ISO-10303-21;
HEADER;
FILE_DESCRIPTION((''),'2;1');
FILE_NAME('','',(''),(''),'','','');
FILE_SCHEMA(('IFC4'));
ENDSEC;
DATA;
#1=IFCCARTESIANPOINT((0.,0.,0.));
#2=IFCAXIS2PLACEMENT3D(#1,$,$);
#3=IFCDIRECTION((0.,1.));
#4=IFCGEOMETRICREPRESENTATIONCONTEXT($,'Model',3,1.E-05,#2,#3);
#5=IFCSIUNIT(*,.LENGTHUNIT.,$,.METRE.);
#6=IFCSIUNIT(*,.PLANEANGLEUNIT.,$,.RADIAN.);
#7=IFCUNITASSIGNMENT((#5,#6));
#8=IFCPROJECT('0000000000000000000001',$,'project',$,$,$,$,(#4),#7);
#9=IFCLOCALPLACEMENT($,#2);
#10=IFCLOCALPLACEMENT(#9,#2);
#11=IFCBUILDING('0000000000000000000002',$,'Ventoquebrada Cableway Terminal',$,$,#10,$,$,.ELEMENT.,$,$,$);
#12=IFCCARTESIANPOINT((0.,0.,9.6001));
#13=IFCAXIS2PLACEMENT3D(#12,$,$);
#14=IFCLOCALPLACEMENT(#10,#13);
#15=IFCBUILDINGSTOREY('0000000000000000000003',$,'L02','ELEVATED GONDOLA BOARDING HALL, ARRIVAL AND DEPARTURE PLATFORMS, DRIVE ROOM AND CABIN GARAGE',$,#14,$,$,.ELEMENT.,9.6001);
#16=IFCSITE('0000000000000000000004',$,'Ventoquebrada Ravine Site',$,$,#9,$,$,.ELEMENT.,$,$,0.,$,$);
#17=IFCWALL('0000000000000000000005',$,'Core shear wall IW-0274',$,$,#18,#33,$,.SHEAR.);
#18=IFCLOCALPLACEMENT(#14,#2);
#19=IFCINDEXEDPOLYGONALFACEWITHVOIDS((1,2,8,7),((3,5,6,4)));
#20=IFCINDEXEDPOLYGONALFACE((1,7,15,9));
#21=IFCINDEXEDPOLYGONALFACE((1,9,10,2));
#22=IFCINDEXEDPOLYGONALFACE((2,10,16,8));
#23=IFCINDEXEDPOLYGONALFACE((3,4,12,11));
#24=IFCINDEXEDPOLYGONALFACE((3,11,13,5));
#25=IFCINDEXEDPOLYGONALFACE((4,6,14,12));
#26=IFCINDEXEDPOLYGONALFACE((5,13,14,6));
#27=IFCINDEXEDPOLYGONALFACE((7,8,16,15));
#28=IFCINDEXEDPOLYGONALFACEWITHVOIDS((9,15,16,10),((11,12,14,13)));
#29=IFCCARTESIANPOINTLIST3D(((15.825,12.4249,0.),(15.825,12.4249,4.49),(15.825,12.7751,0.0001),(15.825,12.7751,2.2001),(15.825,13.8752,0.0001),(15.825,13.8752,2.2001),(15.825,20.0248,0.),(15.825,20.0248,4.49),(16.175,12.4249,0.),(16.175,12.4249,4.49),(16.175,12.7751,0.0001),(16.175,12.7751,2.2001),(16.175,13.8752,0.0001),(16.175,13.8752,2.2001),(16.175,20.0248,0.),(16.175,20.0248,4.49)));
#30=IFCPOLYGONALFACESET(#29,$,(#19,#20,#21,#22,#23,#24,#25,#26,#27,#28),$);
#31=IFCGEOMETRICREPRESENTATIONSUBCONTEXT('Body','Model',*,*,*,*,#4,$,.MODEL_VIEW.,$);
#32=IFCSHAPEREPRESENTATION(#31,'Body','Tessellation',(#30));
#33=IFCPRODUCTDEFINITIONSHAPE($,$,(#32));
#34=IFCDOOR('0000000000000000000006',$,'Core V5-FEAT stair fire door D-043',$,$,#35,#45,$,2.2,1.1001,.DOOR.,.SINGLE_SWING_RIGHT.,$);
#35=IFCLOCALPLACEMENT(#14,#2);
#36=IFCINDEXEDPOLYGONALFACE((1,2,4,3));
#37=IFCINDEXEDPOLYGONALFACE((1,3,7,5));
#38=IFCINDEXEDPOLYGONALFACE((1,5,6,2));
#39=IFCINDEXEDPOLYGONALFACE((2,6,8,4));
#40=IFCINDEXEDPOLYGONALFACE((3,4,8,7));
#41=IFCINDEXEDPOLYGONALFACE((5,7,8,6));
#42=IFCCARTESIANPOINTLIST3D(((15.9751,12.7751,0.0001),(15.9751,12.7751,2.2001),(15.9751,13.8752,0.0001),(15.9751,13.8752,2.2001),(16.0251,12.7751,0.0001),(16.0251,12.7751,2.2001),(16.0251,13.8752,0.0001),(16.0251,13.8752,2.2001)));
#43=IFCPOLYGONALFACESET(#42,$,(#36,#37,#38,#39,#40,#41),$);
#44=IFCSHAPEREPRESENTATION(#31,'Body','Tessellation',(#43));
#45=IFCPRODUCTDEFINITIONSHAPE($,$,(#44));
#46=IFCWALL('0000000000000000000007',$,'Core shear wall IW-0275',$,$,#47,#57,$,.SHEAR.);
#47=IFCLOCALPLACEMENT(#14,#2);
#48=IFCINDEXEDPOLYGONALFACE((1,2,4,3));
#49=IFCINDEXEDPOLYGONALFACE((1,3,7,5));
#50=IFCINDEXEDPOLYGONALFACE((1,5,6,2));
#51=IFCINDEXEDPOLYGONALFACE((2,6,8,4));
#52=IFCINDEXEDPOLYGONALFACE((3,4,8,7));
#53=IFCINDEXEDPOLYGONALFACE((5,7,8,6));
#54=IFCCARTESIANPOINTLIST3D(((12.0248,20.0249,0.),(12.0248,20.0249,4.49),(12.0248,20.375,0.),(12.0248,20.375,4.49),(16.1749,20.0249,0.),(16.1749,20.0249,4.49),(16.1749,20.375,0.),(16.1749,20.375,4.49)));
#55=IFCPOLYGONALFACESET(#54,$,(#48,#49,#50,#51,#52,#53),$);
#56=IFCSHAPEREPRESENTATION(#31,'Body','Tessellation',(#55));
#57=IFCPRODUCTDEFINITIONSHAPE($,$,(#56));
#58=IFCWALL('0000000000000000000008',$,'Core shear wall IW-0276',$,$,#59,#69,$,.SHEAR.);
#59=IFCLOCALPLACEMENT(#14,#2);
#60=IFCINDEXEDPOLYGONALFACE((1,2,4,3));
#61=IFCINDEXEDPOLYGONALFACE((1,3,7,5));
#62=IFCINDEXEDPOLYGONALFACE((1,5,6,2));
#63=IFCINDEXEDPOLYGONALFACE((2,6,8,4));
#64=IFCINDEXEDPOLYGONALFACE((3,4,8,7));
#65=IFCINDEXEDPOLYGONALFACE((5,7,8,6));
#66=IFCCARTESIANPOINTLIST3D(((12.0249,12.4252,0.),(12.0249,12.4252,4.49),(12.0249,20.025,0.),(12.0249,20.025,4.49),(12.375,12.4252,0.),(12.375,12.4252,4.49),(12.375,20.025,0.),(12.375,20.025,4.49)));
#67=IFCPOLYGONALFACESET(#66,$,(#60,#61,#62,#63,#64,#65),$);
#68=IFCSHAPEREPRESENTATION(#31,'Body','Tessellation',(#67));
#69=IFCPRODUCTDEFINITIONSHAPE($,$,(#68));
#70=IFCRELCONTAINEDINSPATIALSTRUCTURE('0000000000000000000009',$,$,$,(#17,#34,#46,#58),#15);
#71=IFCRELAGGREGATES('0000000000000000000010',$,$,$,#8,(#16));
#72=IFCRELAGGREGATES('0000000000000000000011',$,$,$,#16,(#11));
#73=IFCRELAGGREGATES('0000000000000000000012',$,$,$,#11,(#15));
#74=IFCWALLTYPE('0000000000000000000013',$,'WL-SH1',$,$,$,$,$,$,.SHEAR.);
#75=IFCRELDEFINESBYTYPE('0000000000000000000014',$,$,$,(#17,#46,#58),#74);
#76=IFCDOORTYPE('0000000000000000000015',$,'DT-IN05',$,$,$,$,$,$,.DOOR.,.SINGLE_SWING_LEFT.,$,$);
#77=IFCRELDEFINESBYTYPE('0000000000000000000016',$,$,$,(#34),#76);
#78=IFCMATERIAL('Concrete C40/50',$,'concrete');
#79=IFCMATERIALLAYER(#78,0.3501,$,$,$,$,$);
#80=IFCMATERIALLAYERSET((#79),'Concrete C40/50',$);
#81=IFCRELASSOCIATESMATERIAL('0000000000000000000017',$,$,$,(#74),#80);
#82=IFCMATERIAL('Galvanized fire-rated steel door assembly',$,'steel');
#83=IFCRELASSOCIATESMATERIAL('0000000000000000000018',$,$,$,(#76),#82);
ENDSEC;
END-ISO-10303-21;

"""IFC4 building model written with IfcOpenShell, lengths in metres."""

from ifc_helpers import new_model, si_unit, direction, frame, frame_2d, origin, place, context, subcontext, project, spatial, rectangle, extrude, material, layer, layer_set, type_object, element, fill, save


model = new_model("IFC4")

# Units and contexts
model_context = context("Model", 3, precision=1e-05, world=origin(), true_north=direction((0.0, 1.0)))
body_context = subcontext(model_context, "Body", "Model", "MODEL_VIEW")
ifc_project = project(units=[si_unit("LENGTHUNIT", "METRE"), si_unit("PLANEANGLEUNIT", "RADIAN")], contexts=[model_context])

# Site, building, storey
site_placement = place(None, origin())
site = spatial("IfcSite", under=ifc_project, at=site_placement, Name="Ventoquebrada Ravine Site", CompositionType="ELEMENT", RefElevation=0.0)
building_placement = place(site_placement, origin())
building = spatial("IfcBuilding", under=site, at=building_placement, Name="Ventoquebrada Cableway Terminal", CompositionType="ELEMENT")
storey_placement = place(building_placement, frame((0.0, 0.0, 9.6001)))
storey = spatial("IfcBuildingStorey", under=building, at=storey_placement, Name="L02", Description="ELEVATED GONDOLA BOARDING HALL, ARRIVAL AND DEPARTURE PLATFORMS, DRIVE ROOM AND CABIN GARAGE", CompositionType="ELEMENT", Elevation=9.6001)

# Shared definitions
ifc_material_1 = material(Name="Concrete C40/50", Category="concrete")

# Shared definitions
ifc_material_2 = material(Name="Galvanized fire-rated steel door assembly", Category="steel")

# Shared definitions
ifc_layer_1 = layer(ifc_material_1, 0.3501)
ifc_layer_set_1 = layer_set([ifc_layer_1], Name="Concrete C40/50")
wall_type_1 = type_object("IfcWallType", Name="WL-SH1", PredefinedType="SHEAR", material=ifc_layer_set_1)

# Wall, opening, door
wall_1_placement = place(storey_placement, frame((16.0, 12.425, 0.0), z_axis=(0.0, 0.0, 1.0), x_axis=(0.0, 1.0, 0.0)))
wall_1 = element("IfcWall", 1, at=wall_1_placement, inside=storey, type_object=wall_type_1, Name="Core shear wall IW-0274", PredefinedType="SHEAR", context=body_context, shape_type="SweptSolid", body=[
    extrude(rectangle(XDim=7.5999, YDim=0.3501, at=frame_2d((3.7998, 0.0))), origin(), (0.0, 0.0, 1.0), 4.49),
])
opening_1_placement = place(wall_1_placement, frame((0.3501, 0.0, 0.0)))
opening_1 = element("IfcOpeningElement", 2, at=opening_1_placement, cuts=wall_1, PredefinedType="OPENING", context=body_context, shape_type="SweptSolid", body=[
    extrude(rectangle(XDim=1.1001, YDim=2.2, at=frame_2d((0.55, 1.1001))), frame((0.0, 0.1851, 0.0), z_axis=(0.0, -1.0, 0.0), x_axis=(1.0, 0.0, 0.0)), (0.0, 0.0, 1.0), 0.3701),
])
door_type_1 = type_object("IfcDoorType", Name="DT-IN05", OperationType="SINGLE_SWING_LEFT", PredefinedType="DOOR", material=ifc_material_2)
door_1_placement = place(opening_1_placement, origin())
door_1 = element("IfcDoor", 3, at=door_1_placement, inside=storey, type_object=door_type_1, Name="Core V5-FEAT stair fire door D-043", OperationType="SINGLE_SWING_RIGHT", OverallHeight=2.2, OverallWidth=1.1001, PredefinedType="DOOR", context=body_context, shape_type="SweptSolid", body=[
    extrude(rectangle(XDim=1.1001, YDim=2.2, at=frame_2d((0.55, 1.1001))), frame((0.0, 0.0249, 0.0), z_axis=(0.0, -1.0, 0.0), x_axis=(1.0, 0.0, 0.0)), (0.0, 0.0, 1.0), 0.05),
])
fill(opening_1, door_1)

# Walls
wall_2_placement = place(storey_placement, frame((16.175, 20.2, 0.0), z_axis=(0.0, 0.0, 1.0), x_axis=(-1.0, 0.0, 0.0)))
element("IfcWall", 4, at=wall_2_placement, inside=storey, type_object=wall_type_1, Name="Core shear wall IW-0275", PredefinedType="SHEAR", context=body_context, shape_type="SweptSolid", body=[
    extrude(rectangle(XDim=4.1501, YDim=0.3501, at=frame_2d((2.0752, 0.0))), origin(), (0.0, 0.0, 1.0), 4.49),
])
wall_3_placement = place(storey_placement, frame((12.2, 20.0249, 0.0), z_axis=(0.0, 0.0, 1.0), x_axis=(0.0, -1.0, 0.0)))
element("IfcWall", 5, at=wall_3_placement, inside=storey, type_object=wall_type_1, Name="Core shear wall IW-0276", PredefinedType="SHEAR", context=body_context, shape_type="SweptSolid", body=[
    extrude(rectangle(XDim=7.5999, YDim=0.3501, at=frame_2d((3.7998, 0.0))), origin(), (0.0, 0.0, 1.0), 4.49),
])

save(model, "model.ifc")
